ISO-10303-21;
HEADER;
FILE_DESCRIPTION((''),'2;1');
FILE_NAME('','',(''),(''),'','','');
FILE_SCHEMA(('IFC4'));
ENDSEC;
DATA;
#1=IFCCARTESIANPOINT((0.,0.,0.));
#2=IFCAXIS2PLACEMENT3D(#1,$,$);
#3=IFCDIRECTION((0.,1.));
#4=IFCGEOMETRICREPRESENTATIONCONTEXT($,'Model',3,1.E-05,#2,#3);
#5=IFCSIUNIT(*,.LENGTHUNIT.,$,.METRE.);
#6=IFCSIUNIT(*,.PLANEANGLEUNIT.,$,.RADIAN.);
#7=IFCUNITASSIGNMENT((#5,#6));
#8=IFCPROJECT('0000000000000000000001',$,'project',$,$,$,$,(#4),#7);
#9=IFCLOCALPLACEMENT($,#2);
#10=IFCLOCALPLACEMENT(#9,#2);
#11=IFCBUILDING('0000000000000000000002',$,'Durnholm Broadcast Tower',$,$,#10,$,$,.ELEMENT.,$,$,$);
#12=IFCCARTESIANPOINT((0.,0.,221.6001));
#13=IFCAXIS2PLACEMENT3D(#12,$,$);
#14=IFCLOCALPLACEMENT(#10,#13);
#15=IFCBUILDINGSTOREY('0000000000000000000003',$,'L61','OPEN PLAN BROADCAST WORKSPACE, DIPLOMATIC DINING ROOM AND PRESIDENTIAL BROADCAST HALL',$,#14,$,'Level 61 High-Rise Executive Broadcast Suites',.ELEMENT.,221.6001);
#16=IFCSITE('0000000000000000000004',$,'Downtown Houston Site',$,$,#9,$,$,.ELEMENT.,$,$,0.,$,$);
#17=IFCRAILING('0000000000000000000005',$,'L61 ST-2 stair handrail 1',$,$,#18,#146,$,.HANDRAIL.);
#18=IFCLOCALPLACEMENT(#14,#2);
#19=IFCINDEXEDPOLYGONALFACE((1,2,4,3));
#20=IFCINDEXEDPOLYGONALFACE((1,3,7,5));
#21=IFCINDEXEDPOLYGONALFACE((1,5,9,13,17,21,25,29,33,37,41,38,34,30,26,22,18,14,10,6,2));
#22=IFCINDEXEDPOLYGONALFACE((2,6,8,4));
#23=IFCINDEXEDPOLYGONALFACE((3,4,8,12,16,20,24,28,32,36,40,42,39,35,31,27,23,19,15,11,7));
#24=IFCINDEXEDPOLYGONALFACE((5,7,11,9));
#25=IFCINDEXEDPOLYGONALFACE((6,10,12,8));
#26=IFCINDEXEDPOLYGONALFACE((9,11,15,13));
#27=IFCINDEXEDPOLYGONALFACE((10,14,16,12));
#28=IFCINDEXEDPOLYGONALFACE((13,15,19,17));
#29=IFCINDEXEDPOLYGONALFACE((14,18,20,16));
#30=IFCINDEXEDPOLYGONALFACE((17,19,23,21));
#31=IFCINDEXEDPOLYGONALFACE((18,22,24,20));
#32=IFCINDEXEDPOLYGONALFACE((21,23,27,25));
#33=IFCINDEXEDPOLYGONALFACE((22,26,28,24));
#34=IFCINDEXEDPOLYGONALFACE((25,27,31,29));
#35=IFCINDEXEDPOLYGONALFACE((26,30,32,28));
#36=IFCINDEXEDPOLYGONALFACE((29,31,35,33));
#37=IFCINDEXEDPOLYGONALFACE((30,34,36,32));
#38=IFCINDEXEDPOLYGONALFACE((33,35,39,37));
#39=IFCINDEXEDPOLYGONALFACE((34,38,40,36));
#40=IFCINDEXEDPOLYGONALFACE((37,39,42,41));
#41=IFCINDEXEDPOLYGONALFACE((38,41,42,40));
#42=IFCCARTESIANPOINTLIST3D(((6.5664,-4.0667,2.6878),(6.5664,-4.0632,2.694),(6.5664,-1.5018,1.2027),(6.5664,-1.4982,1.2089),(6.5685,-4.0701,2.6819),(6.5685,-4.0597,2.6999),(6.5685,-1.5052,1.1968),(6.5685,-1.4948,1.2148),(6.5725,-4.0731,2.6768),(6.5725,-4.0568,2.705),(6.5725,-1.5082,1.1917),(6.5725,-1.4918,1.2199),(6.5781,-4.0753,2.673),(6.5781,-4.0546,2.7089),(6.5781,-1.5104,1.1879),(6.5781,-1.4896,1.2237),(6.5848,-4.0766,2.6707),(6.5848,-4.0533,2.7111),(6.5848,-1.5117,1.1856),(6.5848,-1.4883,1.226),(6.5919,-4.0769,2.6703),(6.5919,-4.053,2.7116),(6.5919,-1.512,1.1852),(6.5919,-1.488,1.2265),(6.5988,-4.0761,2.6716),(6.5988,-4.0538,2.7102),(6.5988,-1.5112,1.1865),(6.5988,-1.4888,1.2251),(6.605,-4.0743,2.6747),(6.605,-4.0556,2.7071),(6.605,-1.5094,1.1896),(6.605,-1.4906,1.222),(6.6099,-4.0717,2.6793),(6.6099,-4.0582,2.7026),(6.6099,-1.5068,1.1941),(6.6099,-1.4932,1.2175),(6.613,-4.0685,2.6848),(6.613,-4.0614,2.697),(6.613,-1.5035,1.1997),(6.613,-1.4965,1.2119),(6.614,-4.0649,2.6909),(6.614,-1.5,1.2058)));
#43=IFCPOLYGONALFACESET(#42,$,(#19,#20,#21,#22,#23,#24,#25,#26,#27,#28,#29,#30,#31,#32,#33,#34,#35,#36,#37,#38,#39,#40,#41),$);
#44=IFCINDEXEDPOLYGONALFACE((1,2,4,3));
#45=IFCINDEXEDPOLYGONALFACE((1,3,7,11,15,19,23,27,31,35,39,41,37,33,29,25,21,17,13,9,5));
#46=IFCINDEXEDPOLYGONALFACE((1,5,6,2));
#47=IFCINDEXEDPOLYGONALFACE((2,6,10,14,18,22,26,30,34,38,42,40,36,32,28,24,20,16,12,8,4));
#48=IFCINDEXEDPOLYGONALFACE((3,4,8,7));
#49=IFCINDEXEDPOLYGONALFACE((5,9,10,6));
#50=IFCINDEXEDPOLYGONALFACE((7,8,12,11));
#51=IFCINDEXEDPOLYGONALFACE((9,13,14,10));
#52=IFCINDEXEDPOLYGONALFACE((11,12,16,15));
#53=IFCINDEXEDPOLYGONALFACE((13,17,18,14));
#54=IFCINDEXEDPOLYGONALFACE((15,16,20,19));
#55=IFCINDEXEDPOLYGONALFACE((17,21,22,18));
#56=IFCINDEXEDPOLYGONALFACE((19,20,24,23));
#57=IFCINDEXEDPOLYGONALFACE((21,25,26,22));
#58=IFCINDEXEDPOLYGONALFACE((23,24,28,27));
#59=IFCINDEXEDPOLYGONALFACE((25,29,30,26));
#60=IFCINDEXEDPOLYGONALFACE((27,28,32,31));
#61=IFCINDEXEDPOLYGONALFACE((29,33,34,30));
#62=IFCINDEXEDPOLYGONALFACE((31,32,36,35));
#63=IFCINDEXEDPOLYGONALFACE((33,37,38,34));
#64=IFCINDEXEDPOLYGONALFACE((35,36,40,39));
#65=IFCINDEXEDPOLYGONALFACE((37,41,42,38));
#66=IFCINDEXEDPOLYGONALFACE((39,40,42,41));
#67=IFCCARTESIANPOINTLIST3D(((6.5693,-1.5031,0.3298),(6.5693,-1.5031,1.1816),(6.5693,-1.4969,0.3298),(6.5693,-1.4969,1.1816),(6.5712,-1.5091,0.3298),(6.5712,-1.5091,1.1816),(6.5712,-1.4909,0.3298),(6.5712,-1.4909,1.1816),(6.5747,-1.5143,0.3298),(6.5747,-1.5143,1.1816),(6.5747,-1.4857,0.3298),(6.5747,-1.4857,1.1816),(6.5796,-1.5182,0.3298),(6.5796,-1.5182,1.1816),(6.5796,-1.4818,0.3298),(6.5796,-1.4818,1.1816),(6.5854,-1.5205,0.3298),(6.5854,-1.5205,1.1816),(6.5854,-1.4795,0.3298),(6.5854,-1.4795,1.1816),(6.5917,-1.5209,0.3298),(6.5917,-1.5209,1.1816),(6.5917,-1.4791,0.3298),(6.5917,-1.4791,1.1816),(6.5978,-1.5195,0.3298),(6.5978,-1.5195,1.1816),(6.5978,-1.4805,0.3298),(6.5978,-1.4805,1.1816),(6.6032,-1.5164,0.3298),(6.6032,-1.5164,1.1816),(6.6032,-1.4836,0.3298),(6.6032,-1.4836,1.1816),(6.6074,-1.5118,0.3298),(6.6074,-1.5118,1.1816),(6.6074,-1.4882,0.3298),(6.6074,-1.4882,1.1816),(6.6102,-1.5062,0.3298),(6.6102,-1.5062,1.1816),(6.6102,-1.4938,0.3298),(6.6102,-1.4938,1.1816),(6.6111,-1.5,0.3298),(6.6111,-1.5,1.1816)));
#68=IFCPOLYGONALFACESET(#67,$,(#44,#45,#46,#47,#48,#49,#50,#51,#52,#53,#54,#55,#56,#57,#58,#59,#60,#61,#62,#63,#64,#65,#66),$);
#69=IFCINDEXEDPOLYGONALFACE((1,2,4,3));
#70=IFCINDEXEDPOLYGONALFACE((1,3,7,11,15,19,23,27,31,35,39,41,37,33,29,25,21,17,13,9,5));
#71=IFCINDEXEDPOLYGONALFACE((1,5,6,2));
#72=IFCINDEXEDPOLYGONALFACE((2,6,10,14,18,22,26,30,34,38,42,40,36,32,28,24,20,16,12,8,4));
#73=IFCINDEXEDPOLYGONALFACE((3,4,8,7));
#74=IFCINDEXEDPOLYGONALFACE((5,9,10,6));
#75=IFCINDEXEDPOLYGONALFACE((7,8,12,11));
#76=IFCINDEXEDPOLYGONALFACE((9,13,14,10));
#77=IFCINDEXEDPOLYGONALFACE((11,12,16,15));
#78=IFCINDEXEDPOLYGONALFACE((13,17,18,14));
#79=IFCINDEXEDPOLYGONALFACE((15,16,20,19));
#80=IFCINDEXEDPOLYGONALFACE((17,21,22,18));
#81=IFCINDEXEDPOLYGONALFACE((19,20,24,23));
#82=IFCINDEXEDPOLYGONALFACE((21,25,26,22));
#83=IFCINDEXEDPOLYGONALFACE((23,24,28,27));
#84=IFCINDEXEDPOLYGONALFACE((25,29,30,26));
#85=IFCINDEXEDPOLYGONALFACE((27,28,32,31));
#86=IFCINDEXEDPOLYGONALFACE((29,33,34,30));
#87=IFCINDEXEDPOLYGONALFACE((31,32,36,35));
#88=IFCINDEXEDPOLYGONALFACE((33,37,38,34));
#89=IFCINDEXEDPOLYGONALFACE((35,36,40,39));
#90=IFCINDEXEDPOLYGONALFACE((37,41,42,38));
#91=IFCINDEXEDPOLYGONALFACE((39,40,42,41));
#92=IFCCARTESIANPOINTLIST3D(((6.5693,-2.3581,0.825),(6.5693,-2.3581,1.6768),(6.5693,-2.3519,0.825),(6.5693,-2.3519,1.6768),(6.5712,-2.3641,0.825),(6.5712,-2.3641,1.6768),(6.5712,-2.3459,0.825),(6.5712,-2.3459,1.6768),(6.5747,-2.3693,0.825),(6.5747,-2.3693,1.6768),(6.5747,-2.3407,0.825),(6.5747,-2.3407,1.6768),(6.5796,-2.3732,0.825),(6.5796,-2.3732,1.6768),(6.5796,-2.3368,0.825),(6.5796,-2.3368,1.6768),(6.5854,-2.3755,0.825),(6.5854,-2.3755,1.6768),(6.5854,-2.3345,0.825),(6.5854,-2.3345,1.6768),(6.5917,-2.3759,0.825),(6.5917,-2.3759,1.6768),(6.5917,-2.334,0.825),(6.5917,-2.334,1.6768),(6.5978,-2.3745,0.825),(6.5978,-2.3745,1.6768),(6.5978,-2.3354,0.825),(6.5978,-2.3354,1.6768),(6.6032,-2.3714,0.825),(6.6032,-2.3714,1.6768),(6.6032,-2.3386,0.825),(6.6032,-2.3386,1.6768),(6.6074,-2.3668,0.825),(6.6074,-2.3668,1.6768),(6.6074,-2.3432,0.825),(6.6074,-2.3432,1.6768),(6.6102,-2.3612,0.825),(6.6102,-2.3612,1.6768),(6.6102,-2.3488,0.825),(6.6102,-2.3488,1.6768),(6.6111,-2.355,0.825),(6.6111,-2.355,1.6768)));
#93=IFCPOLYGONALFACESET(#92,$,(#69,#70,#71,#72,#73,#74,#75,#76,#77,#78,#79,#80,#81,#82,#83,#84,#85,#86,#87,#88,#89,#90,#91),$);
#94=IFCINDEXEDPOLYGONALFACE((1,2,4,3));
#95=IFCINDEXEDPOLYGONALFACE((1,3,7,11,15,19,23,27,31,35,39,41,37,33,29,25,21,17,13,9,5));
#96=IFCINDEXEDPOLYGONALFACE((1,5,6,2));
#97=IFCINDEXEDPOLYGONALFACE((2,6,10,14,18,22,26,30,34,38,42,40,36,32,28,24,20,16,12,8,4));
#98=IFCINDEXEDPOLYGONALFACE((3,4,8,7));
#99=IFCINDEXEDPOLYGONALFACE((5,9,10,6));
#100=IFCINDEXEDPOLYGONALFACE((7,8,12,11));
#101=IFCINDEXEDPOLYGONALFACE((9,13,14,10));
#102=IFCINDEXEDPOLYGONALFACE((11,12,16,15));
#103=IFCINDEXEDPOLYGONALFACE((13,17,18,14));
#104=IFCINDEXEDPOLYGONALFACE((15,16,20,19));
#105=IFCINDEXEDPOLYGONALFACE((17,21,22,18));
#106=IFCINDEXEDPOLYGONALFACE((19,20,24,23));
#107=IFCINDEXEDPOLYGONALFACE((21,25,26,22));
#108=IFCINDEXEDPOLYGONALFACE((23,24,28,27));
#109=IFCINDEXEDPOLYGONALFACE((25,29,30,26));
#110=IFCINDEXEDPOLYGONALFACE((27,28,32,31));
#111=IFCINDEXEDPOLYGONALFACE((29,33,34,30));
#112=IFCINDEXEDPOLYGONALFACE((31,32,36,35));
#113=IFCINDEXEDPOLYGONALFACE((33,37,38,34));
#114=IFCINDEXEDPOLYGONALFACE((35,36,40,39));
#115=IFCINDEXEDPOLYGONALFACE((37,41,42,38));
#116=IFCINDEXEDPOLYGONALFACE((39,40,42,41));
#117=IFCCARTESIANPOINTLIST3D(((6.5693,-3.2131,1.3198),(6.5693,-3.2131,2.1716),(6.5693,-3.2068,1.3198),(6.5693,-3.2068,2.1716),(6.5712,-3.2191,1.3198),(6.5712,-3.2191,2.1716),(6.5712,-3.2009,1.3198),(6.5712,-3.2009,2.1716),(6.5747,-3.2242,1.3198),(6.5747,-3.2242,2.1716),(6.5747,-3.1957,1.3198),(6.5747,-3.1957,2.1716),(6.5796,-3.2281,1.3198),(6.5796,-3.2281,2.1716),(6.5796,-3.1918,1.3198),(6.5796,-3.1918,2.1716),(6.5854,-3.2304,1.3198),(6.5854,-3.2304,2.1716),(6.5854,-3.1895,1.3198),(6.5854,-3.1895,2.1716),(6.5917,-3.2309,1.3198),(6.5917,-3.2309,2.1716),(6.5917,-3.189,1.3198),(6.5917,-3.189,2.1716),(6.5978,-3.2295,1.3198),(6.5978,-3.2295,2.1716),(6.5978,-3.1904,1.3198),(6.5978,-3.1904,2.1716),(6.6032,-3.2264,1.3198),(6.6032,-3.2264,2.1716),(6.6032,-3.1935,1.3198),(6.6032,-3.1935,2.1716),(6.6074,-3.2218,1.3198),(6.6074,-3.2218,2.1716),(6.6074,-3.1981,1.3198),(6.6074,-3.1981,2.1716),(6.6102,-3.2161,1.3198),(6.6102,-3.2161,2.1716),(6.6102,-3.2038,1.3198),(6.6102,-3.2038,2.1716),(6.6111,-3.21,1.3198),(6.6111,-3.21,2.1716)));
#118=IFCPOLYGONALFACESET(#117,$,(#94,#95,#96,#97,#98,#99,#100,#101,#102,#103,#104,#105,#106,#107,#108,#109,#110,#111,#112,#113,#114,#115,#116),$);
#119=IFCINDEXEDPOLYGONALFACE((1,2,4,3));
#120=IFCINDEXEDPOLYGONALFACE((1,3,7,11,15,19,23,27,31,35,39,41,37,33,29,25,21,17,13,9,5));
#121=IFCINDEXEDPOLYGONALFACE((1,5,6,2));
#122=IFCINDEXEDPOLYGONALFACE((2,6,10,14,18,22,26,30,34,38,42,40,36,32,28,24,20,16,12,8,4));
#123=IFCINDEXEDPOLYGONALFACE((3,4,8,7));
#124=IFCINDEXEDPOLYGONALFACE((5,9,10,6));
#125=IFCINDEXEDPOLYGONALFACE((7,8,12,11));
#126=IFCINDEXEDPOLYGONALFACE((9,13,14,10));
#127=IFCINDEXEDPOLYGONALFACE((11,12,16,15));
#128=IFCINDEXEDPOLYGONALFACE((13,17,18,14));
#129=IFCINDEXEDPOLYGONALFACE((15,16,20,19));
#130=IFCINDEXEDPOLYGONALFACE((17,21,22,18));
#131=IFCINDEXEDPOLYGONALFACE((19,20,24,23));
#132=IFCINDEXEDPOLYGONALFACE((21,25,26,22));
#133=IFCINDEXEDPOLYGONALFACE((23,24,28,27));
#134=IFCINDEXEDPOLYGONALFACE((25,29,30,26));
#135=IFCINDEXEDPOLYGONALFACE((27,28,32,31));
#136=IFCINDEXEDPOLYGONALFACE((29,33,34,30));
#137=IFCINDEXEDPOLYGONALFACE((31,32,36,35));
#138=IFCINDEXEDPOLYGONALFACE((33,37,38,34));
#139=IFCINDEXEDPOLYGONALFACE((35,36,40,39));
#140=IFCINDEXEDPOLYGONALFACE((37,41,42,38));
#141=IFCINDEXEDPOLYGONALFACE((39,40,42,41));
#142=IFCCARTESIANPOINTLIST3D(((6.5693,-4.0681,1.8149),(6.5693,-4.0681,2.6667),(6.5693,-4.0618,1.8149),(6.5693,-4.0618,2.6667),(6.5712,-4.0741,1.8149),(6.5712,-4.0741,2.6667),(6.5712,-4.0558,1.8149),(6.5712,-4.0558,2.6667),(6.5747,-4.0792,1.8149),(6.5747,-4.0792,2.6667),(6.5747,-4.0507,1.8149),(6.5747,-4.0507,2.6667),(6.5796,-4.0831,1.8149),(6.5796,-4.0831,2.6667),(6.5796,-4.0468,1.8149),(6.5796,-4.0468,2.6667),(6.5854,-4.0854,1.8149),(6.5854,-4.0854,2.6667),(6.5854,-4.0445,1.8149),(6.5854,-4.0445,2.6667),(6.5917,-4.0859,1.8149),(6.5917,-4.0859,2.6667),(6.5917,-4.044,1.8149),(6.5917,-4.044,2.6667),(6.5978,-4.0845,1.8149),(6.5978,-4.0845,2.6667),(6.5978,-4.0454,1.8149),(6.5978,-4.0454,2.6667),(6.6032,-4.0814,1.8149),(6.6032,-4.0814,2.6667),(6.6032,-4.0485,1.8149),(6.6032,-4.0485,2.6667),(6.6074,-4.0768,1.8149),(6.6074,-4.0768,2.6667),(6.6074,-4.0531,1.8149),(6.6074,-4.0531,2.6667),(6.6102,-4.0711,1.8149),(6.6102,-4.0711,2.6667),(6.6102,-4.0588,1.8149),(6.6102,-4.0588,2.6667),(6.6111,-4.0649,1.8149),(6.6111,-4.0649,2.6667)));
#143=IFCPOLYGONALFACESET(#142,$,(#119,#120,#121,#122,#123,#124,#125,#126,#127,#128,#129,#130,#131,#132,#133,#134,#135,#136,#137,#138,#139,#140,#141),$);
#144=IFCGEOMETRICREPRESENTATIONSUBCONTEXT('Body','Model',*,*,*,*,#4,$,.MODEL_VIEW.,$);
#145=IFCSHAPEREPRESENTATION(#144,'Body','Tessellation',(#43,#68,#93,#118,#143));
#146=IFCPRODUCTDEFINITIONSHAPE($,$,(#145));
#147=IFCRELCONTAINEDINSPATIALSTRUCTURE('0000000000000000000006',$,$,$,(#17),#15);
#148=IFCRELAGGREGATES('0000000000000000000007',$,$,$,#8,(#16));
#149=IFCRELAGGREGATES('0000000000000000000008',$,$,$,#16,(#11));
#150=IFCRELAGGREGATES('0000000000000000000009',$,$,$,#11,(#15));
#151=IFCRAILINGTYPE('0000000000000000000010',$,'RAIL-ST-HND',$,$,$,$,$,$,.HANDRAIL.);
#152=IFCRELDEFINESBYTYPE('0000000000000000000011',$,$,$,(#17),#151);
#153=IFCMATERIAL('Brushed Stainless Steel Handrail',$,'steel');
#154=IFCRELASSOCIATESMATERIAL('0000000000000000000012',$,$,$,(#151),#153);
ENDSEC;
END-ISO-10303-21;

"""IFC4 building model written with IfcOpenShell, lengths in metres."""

from ifc_helpers import new_model, si_unit, direction, frame, origin, origin_2d, place, context, subcontext, project, spatial, circle, extrude, material, type_object, element, save


model = new_model("IFC4")

# Units and contexts
model_context = context("Model", 3, precision=1e-05, world=origin(), true_north=direction((0.0, 1.0)))
body_context = subcontext(model_context, "Body", "Model", "MODEL_VIEW")
ifc_project = project(units=[si_unit("LENGTHUNIT", "METRE"), si_unit("PLANEANGLEUNIT", "RADIAN")], contexts=[model_context])

# Site, building, storey
site_placement = place(None, origin())
site = spatial("IfcSite", under=ifc_project, at=site_placement, Name="Downtown Houston Site", CompositionType="ELEMENT", RefElevation=0.0)
building_placement = place(site_placement, origin())
building = spatial("IfcBuilding", under=site, at=building_placement, Name="Durnholm Broadcast Tower", CompositionType="ELEMENT")
storey_placement = place(building_placement, frame((0.0, 0.0, 221.6001)))
storey = spatial("IfcBuildingStorey", under=building, at=storey_placement, Name="L61", Description="OPEN PLAN BROADCAST WORKSPACE, DIPLOMATIC DINING ROOM AND PRESIDENTIAL BROADCAST HALL", LongName="Level 61 High-Rise Executive Broadcast Suites", CompositionType="ELEMENT", Elevation=221.6001)

# Railing
ifc_material_1 = material(Name="Brushed Stainless Steel Handrail", Category="steel")
railing_type_1 = type_object("IfcRailingType", Name="RAIL-ST-HND", PredefinedType="HANDRAIL", material=ifc_material_1)
railing_1_placement = place(storey_placement, frame((6.5901, -1.5, 0.3298)))
element("IfcRailing", 1, at=railing_1_placement, inside=storey, type_object=railing_type_1, Name="L61 ST-2 stair handrail 1", PredefinedType="HANDRAIL", context=body_context, shape_type="SweptSolid", body=[
    extrude(circle(Radius=0.0239, at=origin_2d()), frame((0.0, 0.0, 0.876), z_axis=(0.0, -0.865406, 0.501072), x_axis=(1.0, 0.0, 0.0)), (0.0, 0.0, 1.0), 2.9639),
    extrude(circle(Radius=0.021, at=origin_2d()), origin(), (0.0, 0.0, 1.0), 0.8518),
    extrude(circle(Radius=0.021, at=origin_2d()), frame((0.0, -0.855, 0.4951)), (0.0, 0.0, 1.0), 0.8518),
    extrude(circle(Radius=0.021, at=origin_2d()), frame((0.0, -1.71, 0.99)), (0.0, 0.0, 1.0), 0.8518),
    extrude(circle(Radius=0.021, at=origin_2d()), frame((0.0, -2.5649, 1.4851)), (0.0, 0.0, 1.0), 0.8518),
])

save(model, "model.ifc")
